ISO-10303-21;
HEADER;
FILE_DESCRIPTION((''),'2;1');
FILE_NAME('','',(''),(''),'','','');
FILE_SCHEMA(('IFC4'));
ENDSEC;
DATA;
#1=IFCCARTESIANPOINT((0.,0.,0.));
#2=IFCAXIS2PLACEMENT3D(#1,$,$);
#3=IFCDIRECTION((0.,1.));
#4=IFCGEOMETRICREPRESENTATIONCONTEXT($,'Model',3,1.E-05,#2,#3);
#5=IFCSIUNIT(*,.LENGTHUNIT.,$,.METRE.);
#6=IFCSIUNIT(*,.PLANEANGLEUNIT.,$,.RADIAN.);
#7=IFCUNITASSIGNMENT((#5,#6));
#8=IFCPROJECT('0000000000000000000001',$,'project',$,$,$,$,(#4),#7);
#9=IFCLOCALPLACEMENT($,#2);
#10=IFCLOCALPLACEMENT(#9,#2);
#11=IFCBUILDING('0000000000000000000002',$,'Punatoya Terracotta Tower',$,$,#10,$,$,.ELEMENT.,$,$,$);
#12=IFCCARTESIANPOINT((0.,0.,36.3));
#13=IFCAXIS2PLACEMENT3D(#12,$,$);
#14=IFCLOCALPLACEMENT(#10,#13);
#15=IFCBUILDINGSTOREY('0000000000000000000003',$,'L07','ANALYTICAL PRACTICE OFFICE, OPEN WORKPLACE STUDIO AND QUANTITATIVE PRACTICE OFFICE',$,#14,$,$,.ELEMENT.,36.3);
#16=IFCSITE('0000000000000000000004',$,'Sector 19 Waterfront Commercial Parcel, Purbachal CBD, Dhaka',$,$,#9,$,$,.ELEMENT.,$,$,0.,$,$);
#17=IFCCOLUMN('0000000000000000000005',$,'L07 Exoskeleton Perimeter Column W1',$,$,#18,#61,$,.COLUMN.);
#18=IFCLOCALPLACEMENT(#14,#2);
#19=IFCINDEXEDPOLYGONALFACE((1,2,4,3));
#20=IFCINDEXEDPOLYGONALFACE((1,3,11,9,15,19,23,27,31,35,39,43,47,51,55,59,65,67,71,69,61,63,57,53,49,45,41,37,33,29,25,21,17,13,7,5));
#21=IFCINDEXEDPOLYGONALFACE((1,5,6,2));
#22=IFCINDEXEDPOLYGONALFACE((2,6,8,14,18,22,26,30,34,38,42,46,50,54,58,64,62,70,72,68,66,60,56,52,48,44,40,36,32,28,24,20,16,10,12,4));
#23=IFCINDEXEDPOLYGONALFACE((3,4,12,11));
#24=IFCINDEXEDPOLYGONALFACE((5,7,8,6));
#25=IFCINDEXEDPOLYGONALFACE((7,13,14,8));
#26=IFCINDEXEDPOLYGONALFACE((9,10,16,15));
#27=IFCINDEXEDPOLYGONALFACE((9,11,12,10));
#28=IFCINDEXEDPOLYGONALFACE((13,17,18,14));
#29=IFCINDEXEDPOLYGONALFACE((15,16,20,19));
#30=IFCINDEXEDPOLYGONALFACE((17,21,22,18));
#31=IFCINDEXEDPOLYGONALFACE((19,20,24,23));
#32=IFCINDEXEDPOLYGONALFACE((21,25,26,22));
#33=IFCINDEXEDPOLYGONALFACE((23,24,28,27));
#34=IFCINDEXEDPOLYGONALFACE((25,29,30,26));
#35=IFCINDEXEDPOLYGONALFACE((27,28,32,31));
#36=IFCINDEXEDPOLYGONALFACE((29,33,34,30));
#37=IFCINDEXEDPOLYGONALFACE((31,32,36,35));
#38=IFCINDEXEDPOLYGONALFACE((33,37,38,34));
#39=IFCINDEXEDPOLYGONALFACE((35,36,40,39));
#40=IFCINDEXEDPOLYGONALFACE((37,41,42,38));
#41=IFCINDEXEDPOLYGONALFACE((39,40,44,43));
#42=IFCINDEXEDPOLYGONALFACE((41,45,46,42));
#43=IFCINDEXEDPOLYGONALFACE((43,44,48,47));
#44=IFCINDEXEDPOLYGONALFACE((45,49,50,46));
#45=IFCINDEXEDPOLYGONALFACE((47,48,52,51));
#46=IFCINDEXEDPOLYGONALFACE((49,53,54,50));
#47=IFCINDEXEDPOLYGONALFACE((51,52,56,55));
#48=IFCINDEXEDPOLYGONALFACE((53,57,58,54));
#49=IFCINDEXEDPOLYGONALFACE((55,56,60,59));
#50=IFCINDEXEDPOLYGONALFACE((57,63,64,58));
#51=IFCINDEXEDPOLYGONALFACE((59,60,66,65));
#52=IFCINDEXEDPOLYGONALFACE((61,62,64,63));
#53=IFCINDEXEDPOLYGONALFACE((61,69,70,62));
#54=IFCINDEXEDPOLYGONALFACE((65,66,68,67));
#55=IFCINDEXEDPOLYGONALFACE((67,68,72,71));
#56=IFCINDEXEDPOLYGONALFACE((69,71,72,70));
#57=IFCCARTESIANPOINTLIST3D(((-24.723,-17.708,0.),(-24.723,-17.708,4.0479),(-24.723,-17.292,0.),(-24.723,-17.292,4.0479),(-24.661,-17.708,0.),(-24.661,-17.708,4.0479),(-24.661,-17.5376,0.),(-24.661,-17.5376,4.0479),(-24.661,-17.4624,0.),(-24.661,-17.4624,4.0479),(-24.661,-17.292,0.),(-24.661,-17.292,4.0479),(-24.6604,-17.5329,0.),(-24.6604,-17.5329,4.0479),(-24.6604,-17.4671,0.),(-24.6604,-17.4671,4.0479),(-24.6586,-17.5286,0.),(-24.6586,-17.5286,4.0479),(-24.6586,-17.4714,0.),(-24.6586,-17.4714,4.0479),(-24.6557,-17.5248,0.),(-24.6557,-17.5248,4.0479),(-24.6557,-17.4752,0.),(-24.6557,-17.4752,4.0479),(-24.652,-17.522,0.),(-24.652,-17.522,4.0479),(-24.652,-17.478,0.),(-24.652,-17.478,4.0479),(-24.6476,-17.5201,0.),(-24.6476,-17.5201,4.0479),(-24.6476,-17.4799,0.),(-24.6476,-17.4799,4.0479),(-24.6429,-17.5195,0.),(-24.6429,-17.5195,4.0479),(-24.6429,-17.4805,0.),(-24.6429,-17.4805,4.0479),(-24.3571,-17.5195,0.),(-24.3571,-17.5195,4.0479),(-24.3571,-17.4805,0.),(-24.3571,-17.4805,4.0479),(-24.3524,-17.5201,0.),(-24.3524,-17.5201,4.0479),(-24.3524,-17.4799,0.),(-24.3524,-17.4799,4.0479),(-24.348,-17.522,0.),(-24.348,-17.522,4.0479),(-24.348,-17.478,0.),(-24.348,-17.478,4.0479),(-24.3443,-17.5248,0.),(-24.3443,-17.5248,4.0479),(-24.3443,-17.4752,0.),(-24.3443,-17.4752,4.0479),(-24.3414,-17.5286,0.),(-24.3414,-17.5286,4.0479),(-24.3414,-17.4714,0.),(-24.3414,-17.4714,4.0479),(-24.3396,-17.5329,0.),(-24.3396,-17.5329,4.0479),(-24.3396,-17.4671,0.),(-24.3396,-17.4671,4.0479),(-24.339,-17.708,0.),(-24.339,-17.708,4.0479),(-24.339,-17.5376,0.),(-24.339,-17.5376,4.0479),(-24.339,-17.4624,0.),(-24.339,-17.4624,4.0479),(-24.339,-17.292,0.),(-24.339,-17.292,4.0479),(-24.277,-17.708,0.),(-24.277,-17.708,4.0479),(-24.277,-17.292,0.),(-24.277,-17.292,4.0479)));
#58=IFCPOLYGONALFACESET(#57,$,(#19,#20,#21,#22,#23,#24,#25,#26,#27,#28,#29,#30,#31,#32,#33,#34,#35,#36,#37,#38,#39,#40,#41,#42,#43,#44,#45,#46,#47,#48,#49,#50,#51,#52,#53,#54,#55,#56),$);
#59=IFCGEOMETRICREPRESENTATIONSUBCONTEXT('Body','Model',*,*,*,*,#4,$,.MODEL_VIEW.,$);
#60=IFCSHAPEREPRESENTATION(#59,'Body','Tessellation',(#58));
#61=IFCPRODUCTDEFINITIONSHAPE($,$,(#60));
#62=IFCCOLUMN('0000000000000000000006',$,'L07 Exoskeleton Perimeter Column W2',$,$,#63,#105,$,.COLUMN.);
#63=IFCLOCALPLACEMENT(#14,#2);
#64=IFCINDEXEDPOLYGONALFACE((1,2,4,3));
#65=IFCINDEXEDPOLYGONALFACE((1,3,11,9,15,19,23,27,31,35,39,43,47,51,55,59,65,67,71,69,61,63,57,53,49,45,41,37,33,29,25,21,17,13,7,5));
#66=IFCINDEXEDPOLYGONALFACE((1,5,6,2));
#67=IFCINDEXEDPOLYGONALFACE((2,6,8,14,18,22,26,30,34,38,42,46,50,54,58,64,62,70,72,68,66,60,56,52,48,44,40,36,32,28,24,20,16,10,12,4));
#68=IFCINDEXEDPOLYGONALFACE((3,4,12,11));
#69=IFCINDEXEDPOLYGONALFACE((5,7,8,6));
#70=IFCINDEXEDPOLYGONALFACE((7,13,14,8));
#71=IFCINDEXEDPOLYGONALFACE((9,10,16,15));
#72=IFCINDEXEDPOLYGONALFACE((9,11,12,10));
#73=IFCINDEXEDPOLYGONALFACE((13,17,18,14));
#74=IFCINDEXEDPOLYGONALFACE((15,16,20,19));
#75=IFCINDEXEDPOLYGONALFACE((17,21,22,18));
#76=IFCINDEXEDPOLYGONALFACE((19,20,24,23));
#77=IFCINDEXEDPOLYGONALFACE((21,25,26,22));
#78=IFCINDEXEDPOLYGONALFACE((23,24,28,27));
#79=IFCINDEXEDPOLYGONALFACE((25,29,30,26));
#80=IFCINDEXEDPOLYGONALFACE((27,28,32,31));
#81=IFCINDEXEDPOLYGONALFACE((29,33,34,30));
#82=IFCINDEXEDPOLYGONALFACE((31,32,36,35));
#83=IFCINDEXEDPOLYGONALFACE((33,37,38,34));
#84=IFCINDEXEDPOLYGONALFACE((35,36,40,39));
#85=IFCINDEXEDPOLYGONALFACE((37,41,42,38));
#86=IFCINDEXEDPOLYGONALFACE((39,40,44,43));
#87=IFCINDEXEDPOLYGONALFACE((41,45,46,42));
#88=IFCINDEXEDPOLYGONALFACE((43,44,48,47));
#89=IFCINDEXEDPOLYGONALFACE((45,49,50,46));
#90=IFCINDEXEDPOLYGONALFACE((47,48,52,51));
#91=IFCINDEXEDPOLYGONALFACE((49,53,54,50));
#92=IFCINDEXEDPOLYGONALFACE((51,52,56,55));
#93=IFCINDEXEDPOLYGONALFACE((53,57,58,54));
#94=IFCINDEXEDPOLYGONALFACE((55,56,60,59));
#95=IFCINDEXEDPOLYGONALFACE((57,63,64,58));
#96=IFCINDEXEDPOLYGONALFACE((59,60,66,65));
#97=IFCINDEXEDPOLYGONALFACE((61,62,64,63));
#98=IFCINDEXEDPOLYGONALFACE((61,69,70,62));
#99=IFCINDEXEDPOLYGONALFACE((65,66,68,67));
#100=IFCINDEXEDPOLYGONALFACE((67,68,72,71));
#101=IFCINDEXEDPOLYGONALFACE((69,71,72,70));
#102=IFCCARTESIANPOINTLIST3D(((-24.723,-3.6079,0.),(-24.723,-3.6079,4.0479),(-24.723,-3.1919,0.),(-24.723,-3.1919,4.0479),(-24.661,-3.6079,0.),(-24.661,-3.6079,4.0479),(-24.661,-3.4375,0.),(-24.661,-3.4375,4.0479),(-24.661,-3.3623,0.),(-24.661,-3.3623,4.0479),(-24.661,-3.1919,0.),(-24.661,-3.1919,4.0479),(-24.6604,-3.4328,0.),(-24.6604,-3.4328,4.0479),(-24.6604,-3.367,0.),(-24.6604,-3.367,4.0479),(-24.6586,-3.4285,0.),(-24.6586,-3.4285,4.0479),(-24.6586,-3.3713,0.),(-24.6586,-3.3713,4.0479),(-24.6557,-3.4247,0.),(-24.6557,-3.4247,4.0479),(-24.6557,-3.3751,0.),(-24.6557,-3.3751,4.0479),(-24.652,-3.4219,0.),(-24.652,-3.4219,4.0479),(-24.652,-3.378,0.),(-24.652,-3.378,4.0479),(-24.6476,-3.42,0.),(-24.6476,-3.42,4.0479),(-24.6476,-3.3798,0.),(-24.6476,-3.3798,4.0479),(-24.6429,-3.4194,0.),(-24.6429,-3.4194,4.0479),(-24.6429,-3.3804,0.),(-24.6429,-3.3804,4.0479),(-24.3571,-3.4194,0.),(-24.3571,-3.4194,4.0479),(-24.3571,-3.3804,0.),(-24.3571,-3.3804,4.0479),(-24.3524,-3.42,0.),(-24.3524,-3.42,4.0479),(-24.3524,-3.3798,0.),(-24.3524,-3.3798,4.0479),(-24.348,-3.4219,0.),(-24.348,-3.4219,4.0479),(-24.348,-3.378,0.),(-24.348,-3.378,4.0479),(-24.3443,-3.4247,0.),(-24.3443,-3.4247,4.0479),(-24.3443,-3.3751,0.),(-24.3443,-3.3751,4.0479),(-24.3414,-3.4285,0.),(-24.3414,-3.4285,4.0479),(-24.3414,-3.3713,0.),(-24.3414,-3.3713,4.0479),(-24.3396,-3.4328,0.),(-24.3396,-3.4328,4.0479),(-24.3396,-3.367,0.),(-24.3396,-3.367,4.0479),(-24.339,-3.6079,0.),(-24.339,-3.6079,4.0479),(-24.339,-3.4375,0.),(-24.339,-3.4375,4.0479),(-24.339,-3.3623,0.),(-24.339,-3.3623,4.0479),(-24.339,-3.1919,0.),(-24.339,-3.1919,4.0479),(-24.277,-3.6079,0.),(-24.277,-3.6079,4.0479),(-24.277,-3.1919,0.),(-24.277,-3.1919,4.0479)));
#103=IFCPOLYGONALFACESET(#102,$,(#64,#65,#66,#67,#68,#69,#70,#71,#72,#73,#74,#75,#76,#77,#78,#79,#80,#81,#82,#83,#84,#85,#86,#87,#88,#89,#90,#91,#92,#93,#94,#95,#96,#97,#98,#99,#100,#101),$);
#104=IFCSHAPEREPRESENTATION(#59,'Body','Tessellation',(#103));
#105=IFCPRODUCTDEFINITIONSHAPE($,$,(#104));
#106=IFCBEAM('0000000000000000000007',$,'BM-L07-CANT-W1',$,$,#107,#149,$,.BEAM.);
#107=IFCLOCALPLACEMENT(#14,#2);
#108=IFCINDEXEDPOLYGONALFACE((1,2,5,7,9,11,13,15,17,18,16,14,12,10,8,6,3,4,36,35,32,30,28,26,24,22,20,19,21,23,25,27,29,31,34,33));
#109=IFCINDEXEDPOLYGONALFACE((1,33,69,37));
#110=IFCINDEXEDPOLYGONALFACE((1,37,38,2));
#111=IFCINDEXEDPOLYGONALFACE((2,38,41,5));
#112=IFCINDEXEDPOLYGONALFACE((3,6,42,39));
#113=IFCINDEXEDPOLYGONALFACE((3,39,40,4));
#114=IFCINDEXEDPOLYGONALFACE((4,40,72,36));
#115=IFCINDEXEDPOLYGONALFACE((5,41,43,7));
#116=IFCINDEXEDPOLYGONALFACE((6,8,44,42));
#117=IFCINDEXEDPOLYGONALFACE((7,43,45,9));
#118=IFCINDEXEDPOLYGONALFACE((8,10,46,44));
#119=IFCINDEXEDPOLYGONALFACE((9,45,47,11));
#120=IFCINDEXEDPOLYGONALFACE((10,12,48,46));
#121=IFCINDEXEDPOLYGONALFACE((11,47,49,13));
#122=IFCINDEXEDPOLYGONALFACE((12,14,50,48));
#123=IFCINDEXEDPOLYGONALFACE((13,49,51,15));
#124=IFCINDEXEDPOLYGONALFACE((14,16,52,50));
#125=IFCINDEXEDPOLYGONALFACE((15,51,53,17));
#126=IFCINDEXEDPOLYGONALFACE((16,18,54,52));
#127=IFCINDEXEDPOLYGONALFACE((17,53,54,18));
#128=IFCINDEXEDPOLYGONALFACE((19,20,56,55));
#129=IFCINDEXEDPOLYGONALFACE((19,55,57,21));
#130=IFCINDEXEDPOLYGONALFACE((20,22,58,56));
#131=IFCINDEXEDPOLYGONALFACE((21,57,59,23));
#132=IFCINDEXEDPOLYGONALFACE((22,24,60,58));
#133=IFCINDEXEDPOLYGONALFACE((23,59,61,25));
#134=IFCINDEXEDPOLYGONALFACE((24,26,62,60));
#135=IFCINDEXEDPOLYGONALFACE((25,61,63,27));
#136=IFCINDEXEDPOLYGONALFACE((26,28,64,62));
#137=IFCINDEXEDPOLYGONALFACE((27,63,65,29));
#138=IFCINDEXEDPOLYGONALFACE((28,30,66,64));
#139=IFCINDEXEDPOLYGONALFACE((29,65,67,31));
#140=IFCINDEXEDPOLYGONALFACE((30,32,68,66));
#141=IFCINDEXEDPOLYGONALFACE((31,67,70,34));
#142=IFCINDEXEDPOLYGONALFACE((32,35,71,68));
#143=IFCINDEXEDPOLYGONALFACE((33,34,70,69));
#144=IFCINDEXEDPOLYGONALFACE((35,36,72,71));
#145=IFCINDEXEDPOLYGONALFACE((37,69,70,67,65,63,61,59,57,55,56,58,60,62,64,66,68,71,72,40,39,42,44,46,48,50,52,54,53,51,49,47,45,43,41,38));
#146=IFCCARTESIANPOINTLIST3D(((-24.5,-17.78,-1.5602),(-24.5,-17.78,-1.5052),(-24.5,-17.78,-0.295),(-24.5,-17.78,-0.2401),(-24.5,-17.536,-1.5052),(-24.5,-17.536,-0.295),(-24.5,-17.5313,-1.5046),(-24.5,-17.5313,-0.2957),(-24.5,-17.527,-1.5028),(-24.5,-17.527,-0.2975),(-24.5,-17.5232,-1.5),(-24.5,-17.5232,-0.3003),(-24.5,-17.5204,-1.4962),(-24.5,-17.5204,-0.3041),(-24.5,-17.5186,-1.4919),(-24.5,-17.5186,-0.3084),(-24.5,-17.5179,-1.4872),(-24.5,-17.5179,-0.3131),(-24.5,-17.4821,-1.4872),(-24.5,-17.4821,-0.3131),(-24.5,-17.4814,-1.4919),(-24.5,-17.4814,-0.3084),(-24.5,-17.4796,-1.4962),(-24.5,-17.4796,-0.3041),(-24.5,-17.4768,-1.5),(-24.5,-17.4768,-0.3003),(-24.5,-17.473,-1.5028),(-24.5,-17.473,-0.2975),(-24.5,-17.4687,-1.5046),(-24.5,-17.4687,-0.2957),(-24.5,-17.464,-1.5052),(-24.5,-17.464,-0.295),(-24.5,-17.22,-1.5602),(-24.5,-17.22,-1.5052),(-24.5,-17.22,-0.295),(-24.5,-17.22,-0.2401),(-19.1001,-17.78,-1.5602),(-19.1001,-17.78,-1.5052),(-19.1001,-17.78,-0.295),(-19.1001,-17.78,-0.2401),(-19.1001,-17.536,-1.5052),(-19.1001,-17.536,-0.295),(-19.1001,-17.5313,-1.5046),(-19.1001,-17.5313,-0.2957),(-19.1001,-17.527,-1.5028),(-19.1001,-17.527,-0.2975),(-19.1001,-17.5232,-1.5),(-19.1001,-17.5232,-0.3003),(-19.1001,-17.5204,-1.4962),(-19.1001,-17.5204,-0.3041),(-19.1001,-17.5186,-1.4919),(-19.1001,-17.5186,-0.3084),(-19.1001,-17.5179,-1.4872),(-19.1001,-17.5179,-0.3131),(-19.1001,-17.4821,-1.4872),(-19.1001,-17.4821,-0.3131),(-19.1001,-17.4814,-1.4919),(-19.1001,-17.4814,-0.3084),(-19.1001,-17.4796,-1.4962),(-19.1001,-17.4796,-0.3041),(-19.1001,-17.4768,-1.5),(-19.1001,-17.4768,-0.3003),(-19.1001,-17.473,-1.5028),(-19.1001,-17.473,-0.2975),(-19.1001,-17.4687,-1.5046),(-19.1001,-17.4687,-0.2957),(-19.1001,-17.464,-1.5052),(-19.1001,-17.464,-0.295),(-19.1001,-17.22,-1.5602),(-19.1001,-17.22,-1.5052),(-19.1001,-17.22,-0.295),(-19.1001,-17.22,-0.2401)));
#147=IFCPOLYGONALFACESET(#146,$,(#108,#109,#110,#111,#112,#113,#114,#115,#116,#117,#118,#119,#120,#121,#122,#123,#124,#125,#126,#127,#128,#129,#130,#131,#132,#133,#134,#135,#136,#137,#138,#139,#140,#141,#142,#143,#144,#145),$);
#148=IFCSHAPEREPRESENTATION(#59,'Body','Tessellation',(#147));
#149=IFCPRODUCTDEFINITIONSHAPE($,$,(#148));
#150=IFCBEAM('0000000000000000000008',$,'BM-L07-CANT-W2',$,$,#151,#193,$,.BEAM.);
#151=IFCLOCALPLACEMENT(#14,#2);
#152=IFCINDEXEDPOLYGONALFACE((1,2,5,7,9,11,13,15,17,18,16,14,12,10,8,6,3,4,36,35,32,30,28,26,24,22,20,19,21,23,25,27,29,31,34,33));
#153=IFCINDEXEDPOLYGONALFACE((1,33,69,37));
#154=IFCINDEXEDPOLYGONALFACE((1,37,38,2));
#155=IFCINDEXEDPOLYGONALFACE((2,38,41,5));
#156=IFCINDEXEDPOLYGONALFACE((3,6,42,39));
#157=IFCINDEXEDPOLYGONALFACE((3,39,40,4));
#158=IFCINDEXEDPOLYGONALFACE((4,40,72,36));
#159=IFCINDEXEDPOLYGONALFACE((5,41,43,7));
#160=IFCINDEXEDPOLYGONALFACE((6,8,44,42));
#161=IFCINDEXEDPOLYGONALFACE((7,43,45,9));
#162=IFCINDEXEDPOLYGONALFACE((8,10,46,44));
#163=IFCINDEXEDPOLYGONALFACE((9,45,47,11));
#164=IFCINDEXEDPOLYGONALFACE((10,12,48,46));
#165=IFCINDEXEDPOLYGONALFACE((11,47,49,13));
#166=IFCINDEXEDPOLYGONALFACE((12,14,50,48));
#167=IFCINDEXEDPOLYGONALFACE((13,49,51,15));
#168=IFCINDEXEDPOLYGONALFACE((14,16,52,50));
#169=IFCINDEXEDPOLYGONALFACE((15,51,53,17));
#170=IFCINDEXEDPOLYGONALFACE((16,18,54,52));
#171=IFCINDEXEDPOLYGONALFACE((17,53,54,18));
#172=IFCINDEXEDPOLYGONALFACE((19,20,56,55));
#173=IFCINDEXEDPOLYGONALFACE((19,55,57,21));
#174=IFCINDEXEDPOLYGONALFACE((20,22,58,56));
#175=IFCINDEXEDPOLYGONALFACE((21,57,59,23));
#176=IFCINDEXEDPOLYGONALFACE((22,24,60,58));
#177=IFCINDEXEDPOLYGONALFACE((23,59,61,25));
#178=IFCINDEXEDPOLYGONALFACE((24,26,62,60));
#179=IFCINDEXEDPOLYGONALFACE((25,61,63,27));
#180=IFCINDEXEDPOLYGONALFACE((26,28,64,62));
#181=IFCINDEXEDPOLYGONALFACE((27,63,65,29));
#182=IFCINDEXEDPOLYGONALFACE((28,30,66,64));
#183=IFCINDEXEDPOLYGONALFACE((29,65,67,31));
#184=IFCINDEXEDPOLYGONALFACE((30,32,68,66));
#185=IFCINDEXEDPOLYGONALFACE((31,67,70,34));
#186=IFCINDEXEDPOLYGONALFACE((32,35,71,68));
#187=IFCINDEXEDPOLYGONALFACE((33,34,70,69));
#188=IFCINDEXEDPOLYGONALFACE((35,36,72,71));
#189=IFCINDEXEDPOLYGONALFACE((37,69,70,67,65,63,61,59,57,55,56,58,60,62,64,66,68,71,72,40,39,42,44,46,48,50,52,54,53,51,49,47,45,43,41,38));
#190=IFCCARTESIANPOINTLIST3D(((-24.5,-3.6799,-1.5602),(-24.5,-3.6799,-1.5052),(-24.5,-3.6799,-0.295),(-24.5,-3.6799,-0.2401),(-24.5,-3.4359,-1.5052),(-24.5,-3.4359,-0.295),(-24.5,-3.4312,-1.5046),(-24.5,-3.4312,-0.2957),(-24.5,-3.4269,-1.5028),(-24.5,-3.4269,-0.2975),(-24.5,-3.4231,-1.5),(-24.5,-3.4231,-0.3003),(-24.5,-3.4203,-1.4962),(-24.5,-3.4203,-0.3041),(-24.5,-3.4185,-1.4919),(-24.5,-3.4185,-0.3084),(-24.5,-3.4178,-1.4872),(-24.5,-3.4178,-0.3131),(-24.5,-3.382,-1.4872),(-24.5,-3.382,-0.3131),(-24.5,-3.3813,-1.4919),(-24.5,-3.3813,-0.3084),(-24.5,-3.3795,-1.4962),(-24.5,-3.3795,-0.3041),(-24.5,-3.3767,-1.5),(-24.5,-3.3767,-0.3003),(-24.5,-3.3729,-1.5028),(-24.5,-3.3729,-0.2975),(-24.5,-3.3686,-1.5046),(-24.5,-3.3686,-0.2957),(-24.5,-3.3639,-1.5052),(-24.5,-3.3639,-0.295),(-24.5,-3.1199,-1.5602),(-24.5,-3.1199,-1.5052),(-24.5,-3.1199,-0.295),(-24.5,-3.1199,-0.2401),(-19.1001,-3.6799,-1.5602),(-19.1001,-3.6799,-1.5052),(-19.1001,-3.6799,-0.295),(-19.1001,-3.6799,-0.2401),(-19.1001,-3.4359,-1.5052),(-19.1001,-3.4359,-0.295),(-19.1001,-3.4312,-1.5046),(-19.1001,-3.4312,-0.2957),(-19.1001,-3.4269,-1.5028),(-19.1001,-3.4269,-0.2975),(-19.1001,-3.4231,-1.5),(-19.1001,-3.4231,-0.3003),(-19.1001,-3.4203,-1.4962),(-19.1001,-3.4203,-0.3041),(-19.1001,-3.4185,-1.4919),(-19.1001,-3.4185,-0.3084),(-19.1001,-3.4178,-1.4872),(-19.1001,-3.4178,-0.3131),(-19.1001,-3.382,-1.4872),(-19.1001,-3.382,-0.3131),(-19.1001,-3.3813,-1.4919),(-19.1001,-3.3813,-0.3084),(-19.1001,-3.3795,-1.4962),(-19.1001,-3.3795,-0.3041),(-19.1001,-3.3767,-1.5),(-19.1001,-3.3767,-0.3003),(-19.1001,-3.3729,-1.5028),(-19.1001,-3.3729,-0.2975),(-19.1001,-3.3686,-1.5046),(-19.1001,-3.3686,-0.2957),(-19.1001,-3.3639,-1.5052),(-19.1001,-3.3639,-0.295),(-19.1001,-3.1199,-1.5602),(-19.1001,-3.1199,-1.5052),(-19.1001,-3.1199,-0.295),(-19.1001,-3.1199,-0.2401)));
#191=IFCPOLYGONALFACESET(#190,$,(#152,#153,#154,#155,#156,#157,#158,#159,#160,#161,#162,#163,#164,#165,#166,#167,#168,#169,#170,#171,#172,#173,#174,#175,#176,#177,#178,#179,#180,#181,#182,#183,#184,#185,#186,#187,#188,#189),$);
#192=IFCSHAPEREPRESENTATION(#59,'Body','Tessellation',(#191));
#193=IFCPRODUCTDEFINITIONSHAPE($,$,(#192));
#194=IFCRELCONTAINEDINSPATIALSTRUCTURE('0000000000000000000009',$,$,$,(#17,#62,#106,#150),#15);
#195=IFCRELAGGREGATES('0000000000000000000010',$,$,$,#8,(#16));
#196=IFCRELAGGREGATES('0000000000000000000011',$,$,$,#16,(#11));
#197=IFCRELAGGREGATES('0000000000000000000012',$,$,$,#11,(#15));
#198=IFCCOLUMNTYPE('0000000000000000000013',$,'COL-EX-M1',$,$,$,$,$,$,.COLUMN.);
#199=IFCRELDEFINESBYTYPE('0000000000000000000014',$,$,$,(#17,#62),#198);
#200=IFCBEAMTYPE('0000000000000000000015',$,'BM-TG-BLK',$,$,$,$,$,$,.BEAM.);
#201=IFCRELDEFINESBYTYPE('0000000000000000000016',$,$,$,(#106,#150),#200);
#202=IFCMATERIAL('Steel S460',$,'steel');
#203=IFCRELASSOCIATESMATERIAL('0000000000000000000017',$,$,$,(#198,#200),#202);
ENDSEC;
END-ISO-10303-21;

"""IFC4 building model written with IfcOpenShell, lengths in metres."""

from ifc_helpers import new_model, si_unit, direction, frame, origin, origin_2d, place, context, subcontext, project, spatial, i_section, extrude, material, material_profile, profile_set, type_object, element, save


model = new_model("IFC4")

# Units and contexts
model_context = context("Model", 3, precision=1e-05, world=origin(), true_north=direction((0.0, 1.0)))
body_context = subcontext(model_context, "Body", "Model", "MODEL_VIEW")
ifc_project = project(units=[si_unit("LENGTHUNIT", "METRE"), si_unit("PLANEANGLEUNIT", "RADIAN")], contexts=[model_context])

# Site, building, storey
site_placement = place(None, origin())
site = spatial("IfcSite", under=ifc_project, at=site_placement, Name="Sector 19 Waterfront Commercial Parcel, Purbachal CBD, Dhaka", CompositionType="ELEMENT", RefElevation=0.0)
building_placement = place(site_placement, origin())
building = spatial("IfcBuilding", under=site, at=building_placement, Name="Punatoya Terracotta Tower", CompositionType="ELEMENT")
storey_placement = place(building_placement, frame((0.0, 0.0, 36.3)))
storey = spatial("IfcBuildingStorey", under=building, at=storey_placement, Name="L07", Description="ANALYTICAL PRACTICE OFFICE, OPEN WORKPLACE STUDIO AND QUANTITATIVE PRACTICE OFFICE", CompositionType="ELEMENT", Elevation=36.3)

# Columns
ifc_material_1 = material(Name="Steel S460", Category="steel")
ifc_material_profile_1 = material_profile(ifc_material_1, i_section(OverallWidth=0.416, OverallDepth=0.446, WebThickness=0.0391, FlangeThickness=0.062, FilletRadius=0.0181, at=origin_2d()))
ifc_profile_set_1 = profile_set([ifc_material_profile_1], Name="Steel S460")
column_type = type_object("IfcColumnType", Name="COL-EX-M1", PredefinedType="COLUMN", material=ifc_profile_set_1)
for number, where, z_axis, x_axis, name in (
    (1, (-24.5, -17.5, 0.0), (0.0, 0.0, 1.0), (0.0, 1.0, 0.0), "L07 Exoskeleton Perimeter Column W1"),
    (2, (-24.5, -3.3999, 0.0), (0.0, 0.0, 1.0), (0.0, 1.0, 0.0), "L07 Exoskeleton Perimeter Column W2"),
):
    element("IfcColumn", number, at=place(storey_placement, frame(where, z_axis=z_axis, x_axis=x_axis)), inside=storey, type_object=column_type, Name=name, PredefinedType="COLUMN", context=body_context, shape_type="SweptSolid", body=[
        extrude(i_section(OverallWidth=0.416, OverallDepth=0.446, WebThickness=0.0391, FlangeThickness=0.062, FilletRadius=0.0181, at=origin_2d()), origin(), (0.0, 0.0, 1.0), 4.0479),
    ])

# Beams
ifc_material_profile_2 = material_profile(ifc_material_1, i_section(OverallWidth=0.5601, OverallDepth=1.3201, WebThickness=0.0359, FlangeThickness=0.0549, FilletRadius=0.0181, at=origin_2d()))
ifc_profile_set_2 = profile_set([ifc_material_profile_2], Name="Steel S460")
beam_type_1 = type_object("IfcBeamType", Name="BM-TG-BLK", PredefinedType="BEAM", material=ifc_profile_set_2)
for number, where, z_axis, x_axis, name in (
    (3, (-24.5, -17.5, -0.9001), (1.0, 0.0, 0.0), (0.0, 1.0, 0.0), "BM-L07-CANT-W1"),
    (4, (-24.5, -3.3999, -0.9001), (1.0, 0.0, 0.0), (0.0, 1.0, 0.0), "BM-L07-CANT-W2"),
):
    element("IfcBeam", number, at=place(storey_placement, frame(where, z_axis=z_axis, x_axis=x_axis)), inside=storey, type_object=beam_type_1, Name=name, PredefinedType="BEAM", context=body_context, shape_type="SweptSolid", body=[
        extrude(i_section(OverallWidth=0.5601, OverallDepth=1.3201, WebThickness=0.0359, FlangeThickness=0.0549, FilletRadius=0.0181, at=origin_2d()), origin(), (0.0, 0.0, 1.0), 5.3999),
    ])

save(model, "model.ifc")
